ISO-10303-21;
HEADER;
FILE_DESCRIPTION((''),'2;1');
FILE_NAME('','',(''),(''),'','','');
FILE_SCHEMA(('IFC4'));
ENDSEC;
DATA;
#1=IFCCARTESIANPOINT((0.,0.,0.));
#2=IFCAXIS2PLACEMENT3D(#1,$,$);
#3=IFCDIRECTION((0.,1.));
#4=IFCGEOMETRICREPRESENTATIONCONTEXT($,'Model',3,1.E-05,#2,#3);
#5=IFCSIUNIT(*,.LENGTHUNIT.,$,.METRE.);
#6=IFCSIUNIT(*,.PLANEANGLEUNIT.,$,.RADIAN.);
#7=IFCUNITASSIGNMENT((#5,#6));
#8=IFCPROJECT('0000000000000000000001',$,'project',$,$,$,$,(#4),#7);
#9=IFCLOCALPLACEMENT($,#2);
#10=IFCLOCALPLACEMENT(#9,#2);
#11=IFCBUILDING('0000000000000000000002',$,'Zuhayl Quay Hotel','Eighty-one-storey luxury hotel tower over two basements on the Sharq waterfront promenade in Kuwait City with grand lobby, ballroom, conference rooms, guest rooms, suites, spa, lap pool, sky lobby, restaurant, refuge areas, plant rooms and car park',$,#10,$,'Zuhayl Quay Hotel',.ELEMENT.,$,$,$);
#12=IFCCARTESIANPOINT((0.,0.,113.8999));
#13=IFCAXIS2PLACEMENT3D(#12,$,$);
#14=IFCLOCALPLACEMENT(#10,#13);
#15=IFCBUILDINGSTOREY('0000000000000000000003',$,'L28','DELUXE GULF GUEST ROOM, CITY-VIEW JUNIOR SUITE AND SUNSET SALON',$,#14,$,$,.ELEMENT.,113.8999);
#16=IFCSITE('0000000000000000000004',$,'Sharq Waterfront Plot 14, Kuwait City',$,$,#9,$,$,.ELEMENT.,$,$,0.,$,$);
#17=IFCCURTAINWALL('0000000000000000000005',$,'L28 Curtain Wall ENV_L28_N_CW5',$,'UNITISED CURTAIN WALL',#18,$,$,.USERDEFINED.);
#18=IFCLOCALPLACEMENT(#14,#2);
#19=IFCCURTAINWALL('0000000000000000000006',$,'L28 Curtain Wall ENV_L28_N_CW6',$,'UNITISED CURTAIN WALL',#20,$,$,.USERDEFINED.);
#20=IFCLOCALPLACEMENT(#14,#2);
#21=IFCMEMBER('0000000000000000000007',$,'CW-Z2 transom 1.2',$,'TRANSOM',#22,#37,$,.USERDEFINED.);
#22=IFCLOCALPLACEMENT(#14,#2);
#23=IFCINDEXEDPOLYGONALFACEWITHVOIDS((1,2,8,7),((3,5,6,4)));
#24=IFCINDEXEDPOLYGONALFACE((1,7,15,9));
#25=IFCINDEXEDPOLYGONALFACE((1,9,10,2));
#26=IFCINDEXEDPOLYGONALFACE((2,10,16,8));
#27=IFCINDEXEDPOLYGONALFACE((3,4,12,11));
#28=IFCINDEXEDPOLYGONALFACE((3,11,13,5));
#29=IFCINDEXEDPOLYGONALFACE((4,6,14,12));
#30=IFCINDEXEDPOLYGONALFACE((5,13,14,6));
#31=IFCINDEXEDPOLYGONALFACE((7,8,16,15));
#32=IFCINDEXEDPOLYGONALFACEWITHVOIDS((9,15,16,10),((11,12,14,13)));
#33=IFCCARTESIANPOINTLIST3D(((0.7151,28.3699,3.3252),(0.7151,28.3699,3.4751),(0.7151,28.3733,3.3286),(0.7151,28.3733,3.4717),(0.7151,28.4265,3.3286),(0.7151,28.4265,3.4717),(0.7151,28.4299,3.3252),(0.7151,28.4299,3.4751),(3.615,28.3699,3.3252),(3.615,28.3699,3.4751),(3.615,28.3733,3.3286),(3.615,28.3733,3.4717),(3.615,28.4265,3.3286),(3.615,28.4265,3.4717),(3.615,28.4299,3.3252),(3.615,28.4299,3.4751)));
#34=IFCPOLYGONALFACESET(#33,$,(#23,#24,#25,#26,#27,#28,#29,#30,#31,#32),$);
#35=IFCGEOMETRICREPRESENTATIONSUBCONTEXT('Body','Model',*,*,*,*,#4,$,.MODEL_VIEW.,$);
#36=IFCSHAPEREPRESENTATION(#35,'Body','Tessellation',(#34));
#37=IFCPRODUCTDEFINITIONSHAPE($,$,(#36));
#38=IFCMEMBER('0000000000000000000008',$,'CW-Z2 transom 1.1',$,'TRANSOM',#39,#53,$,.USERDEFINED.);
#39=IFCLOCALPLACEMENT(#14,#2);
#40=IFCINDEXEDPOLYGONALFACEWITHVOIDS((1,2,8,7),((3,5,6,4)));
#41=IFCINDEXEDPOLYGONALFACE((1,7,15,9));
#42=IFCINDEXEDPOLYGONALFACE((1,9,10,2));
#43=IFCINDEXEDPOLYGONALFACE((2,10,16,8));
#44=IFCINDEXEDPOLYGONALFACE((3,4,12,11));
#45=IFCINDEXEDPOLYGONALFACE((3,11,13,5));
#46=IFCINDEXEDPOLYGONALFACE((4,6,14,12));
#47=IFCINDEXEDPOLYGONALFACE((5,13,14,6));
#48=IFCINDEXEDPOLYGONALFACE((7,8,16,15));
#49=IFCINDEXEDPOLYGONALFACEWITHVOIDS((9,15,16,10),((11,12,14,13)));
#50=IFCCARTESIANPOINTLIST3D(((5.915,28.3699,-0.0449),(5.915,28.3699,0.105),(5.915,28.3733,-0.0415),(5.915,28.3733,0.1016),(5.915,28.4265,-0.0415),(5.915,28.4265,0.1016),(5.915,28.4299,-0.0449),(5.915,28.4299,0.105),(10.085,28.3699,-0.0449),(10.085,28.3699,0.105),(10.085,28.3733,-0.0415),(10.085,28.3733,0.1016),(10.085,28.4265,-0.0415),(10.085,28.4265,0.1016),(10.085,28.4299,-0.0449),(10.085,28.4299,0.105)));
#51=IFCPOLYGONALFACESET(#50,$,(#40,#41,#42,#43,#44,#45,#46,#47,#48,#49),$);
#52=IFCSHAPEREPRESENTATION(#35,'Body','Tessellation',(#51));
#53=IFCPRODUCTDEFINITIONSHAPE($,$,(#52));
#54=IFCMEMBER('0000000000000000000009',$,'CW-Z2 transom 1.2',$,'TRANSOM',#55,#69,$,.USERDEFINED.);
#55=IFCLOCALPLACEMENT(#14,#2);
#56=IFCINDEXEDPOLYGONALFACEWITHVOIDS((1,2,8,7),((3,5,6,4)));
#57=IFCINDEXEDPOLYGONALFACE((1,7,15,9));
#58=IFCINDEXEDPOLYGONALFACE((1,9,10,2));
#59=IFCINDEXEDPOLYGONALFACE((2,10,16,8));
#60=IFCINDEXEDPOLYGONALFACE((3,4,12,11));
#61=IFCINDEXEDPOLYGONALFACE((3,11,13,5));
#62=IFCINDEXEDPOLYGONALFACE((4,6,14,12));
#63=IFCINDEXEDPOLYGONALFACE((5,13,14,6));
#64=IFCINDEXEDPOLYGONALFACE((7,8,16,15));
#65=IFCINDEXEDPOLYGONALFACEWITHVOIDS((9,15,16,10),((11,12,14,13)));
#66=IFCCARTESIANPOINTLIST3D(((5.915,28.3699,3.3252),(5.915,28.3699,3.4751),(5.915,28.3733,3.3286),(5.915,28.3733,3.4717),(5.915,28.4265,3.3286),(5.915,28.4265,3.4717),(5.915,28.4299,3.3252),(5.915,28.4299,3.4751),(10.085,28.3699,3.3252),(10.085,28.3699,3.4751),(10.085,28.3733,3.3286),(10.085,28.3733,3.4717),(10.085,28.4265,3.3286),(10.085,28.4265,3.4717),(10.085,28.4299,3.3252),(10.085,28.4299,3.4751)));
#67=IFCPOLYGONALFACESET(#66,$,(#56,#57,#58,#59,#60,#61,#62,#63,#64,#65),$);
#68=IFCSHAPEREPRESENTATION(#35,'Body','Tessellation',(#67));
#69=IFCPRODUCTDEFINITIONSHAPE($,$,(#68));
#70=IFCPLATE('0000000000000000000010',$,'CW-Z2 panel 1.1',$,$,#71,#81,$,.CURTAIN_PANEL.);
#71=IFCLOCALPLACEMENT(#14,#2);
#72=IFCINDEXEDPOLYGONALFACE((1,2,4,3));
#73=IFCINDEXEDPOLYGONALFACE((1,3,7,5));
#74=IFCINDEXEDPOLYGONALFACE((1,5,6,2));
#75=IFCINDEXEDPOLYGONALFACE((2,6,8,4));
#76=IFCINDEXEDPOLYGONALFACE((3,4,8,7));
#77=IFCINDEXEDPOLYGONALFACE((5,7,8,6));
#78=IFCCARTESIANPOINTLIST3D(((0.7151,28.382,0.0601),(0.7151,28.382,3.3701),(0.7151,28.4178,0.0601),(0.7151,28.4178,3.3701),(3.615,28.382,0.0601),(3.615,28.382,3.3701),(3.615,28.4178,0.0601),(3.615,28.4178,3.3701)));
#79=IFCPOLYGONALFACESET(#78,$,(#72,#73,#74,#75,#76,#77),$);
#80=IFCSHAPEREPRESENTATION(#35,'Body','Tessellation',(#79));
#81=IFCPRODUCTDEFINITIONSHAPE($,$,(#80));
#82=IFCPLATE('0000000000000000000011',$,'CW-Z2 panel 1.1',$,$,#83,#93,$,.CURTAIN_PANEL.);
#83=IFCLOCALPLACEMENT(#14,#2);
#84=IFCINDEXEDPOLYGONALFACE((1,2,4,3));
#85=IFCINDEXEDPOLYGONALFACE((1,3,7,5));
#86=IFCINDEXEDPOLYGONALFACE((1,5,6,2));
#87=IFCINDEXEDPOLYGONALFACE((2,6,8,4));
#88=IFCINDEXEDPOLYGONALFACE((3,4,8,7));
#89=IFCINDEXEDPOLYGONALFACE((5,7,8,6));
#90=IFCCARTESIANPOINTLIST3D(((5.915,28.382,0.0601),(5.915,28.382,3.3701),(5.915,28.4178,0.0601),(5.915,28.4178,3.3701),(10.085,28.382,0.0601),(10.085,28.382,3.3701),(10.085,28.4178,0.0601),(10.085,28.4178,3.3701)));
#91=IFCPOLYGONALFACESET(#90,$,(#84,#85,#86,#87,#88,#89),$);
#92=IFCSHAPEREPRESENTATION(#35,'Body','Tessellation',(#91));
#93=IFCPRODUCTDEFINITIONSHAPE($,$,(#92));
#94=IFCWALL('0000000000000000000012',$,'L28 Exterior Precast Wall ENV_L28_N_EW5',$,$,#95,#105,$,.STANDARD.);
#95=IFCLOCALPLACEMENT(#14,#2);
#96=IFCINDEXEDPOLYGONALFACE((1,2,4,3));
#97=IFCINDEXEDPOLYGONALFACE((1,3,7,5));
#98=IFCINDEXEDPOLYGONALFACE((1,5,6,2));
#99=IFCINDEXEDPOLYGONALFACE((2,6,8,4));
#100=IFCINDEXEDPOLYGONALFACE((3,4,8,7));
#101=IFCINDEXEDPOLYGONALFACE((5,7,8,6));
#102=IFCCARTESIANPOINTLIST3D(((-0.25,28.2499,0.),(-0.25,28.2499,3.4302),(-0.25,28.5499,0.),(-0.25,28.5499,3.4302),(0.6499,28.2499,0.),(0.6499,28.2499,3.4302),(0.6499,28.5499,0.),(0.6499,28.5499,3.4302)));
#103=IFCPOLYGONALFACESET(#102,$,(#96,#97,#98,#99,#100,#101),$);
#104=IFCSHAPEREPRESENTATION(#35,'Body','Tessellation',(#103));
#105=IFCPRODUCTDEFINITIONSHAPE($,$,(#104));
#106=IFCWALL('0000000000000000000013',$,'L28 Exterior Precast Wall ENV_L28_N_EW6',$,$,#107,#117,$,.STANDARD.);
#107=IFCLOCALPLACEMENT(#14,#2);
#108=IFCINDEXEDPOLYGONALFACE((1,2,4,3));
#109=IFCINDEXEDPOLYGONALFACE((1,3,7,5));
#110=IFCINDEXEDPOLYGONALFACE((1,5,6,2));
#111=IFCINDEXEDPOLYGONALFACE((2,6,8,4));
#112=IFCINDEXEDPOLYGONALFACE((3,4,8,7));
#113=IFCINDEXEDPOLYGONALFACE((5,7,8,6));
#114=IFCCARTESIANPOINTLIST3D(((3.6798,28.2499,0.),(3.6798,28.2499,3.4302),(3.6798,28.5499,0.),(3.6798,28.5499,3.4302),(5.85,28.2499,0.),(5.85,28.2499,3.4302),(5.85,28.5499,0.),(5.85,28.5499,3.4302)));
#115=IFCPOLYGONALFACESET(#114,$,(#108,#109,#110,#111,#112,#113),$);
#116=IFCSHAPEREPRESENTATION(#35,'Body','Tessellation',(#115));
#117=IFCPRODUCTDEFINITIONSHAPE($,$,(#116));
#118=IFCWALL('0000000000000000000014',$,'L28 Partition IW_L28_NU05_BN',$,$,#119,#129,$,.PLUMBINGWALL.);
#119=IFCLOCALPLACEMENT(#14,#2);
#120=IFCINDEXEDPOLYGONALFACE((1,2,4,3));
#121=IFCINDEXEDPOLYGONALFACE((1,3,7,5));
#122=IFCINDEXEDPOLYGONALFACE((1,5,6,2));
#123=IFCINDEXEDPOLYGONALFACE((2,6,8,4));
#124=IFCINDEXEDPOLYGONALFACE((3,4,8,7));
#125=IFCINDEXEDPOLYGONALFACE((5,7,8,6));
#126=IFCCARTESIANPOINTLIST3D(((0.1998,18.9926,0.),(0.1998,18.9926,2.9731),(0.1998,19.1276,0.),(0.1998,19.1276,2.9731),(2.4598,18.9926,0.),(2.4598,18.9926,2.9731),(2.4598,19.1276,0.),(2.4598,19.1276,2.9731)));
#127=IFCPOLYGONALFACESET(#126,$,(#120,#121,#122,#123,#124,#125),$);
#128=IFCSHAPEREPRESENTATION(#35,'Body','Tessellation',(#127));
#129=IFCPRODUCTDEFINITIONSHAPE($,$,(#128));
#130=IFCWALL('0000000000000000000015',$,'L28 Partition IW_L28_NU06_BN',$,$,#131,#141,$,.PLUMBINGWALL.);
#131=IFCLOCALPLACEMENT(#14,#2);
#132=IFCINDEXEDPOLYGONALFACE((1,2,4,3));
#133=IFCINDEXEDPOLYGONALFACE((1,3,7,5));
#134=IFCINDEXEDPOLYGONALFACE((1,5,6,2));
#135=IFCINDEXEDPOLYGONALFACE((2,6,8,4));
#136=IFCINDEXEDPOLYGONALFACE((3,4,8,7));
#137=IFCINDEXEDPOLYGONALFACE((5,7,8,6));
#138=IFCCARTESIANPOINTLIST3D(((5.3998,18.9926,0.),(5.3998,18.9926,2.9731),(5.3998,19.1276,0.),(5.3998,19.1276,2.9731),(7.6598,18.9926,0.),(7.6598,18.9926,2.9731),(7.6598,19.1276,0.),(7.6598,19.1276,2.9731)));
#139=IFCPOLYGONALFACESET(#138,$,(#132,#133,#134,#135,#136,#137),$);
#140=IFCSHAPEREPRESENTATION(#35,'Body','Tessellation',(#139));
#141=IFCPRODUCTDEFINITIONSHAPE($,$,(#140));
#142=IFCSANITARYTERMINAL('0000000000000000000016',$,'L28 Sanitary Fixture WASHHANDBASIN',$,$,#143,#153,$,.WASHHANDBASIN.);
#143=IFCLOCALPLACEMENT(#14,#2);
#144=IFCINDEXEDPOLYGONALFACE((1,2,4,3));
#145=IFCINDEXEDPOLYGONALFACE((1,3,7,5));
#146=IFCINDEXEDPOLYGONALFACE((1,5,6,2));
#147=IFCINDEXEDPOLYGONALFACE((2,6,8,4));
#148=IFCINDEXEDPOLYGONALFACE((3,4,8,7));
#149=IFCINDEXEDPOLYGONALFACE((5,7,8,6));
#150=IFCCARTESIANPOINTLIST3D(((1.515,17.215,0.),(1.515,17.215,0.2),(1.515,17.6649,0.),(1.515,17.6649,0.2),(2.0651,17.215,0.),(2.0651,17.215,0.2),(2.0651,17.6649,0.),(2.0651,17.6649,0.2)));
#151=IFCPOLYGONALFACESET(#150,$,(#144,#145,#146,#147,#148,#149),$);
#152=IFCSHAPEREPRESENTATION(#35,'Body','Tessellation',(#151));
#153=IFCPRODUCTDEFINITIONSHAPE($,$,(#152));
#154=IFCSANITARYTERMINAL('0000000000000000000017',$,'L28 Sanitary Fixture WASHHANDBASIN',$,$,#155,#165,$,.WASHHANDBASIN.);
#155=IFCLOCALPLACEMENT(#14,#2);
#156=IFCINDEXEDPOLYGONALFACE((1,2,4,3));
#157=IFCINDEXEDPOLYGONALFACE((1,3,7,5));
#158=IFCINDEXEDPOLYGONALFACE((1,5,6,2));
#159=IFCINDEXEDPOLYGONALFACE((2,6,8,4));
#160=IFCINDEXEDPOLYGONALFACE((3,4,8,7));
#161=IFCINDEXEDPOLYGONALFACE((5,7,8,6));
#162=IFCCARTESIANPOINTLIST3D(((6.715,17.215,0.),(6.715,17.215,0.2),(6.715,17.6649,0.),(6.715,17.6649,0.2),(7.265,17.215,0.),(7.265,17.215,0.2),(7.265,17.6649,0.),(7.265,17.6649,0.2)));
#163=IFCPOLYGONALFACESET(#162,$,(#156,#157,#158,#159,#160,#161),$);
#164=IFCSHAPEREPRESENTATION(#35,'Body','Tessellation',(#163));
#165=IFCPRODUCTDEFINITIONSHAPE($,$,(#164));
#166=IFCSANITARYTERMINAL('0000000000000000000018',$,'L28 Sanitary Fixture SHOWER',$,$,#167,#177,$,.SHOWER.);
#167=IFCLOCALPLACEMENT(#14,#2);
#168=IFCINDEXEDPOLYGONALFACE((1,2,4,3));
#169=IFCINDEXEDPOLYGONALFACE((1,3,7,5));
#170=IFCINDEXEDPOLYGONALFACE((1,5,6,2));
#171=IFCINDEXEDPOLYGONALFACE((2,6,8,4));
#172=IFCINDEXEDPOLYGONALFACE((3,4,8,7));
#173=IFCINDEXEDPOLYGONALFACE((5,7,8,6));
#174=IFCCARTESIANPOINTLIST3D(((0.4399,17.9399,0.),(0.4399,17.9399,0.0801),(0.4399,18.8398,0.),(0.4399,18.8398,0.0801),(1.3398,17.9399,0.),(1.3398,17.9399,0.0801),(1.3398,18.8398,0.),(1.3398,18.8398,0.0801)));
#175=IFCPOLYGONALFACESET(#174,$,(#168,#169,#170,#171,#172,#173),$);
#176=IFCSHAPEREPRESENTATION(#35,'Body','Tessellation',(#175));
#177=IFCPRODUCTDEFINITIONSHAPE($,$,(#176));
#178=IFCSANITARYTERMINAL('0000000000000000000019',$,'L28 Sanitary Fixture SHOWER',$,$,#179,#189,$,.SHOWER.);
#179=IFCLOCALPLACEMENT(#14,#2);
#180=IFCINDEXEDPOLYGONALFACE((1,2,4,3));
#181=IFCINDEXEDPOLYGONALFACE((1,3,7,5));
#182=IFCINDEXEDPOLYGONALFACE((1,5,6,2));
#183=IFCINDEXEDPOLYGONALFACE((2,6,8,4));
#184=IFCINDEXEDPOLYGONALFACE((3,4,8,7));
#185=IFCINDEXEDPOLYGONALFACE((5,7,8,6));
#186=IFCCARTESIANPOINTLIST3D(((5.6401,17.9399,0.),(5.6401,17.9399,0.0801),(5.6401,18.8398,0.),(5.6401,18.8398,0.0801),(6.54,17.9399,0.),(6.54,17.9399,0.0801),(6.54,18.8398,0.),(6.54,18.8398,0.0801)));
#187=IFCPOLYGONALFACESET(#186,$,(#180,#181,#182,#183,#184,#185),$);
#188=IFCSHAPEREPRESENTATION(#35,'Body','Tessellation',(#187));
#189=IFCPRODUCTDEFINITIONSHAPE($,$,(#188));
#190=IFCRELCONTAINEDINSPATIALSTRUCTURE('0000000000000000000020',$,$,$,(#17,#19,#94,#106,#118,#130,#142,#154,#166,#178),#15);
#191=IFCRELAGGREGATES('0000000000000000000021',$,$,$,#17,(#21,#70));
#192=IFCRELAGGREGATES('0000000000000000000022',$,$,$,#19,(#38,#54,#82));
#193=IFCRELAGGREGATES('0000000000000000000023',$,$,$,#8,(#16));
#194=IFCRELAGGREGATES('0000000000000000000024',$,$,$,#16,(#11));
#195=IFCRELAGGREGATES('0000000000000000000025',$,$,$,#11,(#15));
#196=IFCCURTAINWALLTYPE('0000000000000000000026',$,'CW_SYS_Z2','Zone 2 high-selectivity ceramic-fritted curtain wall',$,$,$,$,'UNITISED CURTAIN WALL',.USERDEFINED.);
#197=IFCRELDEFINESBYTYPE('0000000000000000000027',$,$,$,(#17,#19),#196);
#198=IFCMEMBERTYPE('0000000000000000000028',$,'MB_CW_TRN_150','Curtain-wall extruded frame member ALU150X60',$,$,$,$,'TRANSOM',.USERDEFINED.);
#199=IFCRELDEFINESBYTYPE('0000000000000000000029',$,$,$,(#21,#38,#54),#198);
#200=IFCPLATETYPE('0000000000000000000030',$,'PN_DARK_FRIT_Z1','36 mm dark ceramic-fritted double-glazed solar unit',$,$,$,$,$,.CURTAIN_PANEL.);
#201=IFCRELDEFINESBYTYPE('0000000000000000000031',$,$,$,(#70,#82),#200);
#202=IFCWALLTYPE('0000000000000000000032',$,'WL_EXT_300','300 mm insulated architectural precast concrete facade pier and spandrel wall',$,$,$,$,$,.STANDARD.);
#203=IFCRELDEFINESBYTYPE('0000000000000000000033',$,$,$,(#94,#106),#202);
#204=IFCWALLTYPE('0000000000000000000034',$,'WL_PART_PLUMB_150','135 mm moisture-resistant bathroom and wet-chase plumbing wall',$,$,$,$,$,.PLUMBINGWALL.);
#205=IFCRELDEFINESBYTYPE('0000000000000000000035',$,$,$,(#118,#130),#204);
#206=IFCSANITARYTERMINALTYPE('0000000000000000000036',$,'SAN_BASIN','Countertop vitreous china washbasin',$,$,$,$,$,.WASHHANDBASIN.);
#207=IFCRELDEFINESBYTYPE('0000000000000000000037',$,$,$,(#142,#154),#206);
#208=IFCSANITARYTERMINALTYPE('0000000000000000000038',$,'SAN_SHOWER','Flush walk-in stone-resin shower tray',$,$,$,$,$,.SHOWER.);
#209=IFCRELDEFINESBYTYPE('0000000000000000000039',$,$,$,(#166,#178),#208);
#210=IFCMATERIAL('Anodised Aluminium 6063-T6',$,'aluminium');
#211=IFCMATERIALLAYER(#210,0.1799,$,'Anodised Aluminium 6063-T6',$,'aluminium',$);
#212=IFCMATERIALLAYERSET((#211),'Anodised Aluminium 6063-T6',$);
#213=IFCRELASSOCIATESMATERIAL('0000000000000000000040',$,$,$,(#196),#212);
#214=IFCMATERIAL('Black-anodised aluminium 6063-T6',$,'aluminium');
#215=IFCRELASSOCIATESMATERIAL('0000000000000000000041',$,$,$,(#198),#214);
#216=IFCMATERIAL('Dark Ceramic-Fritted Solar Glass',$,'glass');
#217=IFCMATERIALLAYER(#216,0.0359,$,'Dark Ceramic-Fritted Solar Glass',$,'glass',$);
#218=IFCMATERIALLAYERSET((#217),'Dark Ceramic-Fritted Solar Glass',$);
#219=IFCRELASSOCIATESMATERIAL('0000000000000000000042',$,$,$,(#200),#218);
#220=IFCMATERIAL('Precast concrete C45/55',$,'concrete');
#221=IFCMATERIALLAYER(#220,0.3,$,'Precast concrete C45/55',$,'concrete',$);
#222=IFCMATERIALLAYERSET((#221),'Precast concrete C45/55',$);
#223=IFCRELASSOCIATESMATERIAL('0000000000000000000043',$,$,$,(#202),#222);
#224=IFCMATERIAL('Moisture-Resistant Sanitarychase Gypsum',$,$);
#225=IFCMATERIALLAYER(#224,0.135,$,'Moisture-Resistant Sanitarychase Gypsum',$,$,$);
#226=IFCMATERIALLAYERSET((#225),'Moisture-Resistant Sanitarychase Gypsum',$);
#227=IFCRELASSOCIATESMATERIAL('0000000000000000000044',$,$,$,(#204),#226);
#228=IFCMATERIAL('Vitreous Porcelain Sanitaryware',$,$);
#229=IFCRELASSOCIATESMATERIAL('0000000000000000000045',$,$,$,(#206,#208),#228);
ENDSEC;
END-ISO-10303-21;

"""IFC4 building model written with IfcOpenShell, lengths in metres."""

from ifc_helpers import new_model, si_unit, direction, frame, frame_2d, origin, origin_2d, place, context, subcontext, project, spatial, rectangle, hollow_rectangle, extrude, material, layer, layer_set, material_profile, profile_set, type_object, element, aggregate, save


model = new_model("IFC4")

# Units and contexts
model_context = context("Model", 3, precision=1e-05, world=origin(), true_north=direction((0.0, 1.0)))
body_context = subcontext(model_context, "Body", "Model", "MODEL_VIEW")
ifc_project = project(units=[si_unit("LENGTHUNIT", "METRE"), si_unit("PLANEANGLEUNIT", "RADIAN")], contexts=[model_context])

# Site, building, storey
site_placement = place(None, origin())
site = spatial("IfcSite", under=ifc_project, at=site_placement, Name="Sharq Waterfront Plot 14, Kuwait City", CompositionType="ELEMENT", RefElevation=0.0)
building_placement = place(site_placement, origin())
building = spatial("IfcBuilding", under=site, at=building_placement, Name="Zuhayl Quay Hotel", Description="Eighty-one-storey luxury hotel tower over two basements on the Sharq waterfront promenade in Kuwait City with grand lobby, ballroom, conference rooms, guest rooms, suites, spa, lap pool, sky lobby, restaurant, refuge areas, plant rooms and car park", LongName="Zuhayl Quay Hotel", CompositionType="ELEMENT")
storey_placement = place(building_placement, frame((0.0, 0.0, 113.8999)))
storey = spatial("IfcBuildingStorey", under=building, at=storey_placement, Name="L28", Description="DELUXE GULF GUEST ROOM, CITY-VIEW JUNIOR SUITE AND SUNSET SALON", CompositionType="ELEMENT", Elevation=113.8999)

# Shared definitions
ifc_material_1 = material(Name="Anodised Aluminium 6063-T6", Category="aluminium")
ifc_layer_1 = layer(ifc_material_1, 0.1799, Name="Anodised Aluminium 6063-T6", Category="aluminium")
ifc_layer_set_1 = layer_set([ifc_layer_1], Name="Anodised Aluminium 6063-T6")
curtain_wall_type = type_object("IfcCurtainWallType", Name="CW_SYS_Z2", Description="Zone 2 high-selectivity ceramic-fritted curtain wall", ElementType="UNITISED CURTAIN WALL", PredefinedType="USERDEFINED", material=ifc_layer_set_1)
ifc_material_2 = material(Name="Black-anodised aluminium 6063-T6", Category="aluminium")

# Curtain wall
curtain_wall_1_placement = place(storey_placement, origin())
curtain_wall_1 = element("IfcCurtainWall", 1, at=curtain_wall_1_placement, inside=storey, type_object=curtain_wall_type, Name="L28 Curtain Wall ENV_L28_N_CW5", ObjectType="UNITISED CURTAIN WALL", PredefinedType="USERDEFINED")

# Curtain wall
curtain_wall_2_placement = place(storey_placement, origin())
curtain_wall_2 = element("IfcCurtainWall", 2, at=curtain_wall_2_placement, inside=storey, type_object=curtain_wall_type, Name="L28 Curtain Wall ENV_L28_N_CW6", ObjectType="UNITISED CURTAIN WALL", PredefinedType="USERDEFINED")

# Members
ifc_material_profile_1 = material_profile(ifc_material_2, hollow_rectangle(XDim=0.0601, YDim=0.1499, WallThickness=0.0034, at=origin_2d()), Name="ALU150X60")
ifc_profile_set_1 = profile_set([ifc_material_profile_1], Name="Black-anodised aluminium 6063-T6")
member_type_1 = type_object("IfcMemberType", Name="MB_CW_TRN_150", Description="Curtain-wall extruded frame member ALU150X60", ElementType="TRANSOM", PredefinedType="USERDEFINED", material=ifc_profile_set_1)
member_1_placement = place(storey_placement, frame((0.7151, 28.3999, 3.4001), z_axis=(1.0, 0.0, 0.0), x_axis=(0.0, 1.0, 0.0)))
member_1 = element("IfcMember", 3, at=member_1_placement, type_object=member_type_1, Name="CW-Z2 transom 1.2", ObjectType="TRANSOM", PredefinedType="USERDEFINED", context=body_context, shape_type="SweptSolid", body=[
    extrude(hollow_rectangle(XDim=0.0601, YDim=0.1499, WallThickness=0.0034, at=origin_2d()), origin(), (0.0, 0.0, 1.0), 2.8999),
])
member_2_placement = place(storey_placement, frame((5.915, 28.3999, 0.03), z_axis=(1.0, 0.0, 0.0), x_axis=(0.0, 1.0, 0.0)))
member_2 = element("IfcMember", 4, at=member_2_placement, type_object=member_type_1, Name="CW-Z2 transom 1.1", ObjectType="TRANSOM", PredefinedType="USERDEFINED", context=body_context, shape_type="SweptSolid", body=[
    extrude(hollow_rectangle(XDim=0.0601, YDim=0.1499, WallThickness=0.0034, at=origin_2d()), origin(), (0.0, 0.0, 1.0), 4.1699),
])
member_3_placement = place(storey_placement, frame((5.915, 28.3999, 3.4001), z_axis=(1.0, 0.0, 0.0), x_axis=(0.0, 1.0, 0.0)))
member_3 = element("IfcMember", 5, at=member_3_placement, type_object=member_type_1, Name="CW-Z2 transom 1.2", ObjectType="TRANSOM", PredefinedType="USERDEFINED", context=body_context, shape_type="SweptSolid", body=[
    extrude(hollow_rectangle(XDim=0.0601, YDim=0.1499, WallThickness=0.0034, at=origin_2d()), origin(), (0.0, 0.0, 1.0), 4.1699),
])

# Plates
ifc_material_3 = material(Name="Dark Ceramic-Fritted Solar Glass", Category="glass")
ifc_layer_2 = layer(ifc_material_3, 0.0359, Name="Dark Ceramic-Fritted Solar Glass", Category="glass")
ifc_layer_set_2 = layer_set([ifc_layer_2], Name="Dark Ceramic-Fritted Solar Glass")
plate_type = type_object("IfcPlateType", Name="PN_DARK_FRIT_Z1", Description="36 mm dark ceramic-fritted double-glazed solar unit", PredefinedType="CURTAIN_PANEL", material=ifc_layer_set_2)
plate_1_placement = place(storey_placement, frame((2.165, 28.3999, 0.0601), z_axis=(0.0, 0.0, 1.0), x_axis=(1.0, 0.0, 0.0)))
plate_1 = element("IfcPlate", 6, at=plate_1_placement, type_object=plate_type, Name="CW-Z2 panel 1.1", PredefinedType="CURTAIN_PANEL", context=body_context, shape_type="SweptSolid", body=[
    extrude(rectangle(XDim=2.8999, YDim=0.0359, at=origin_2d()), origin(), (0.0, 0.0, 1.0), 3.3101),
])
aggregate(curtain_wall_1, [member_1, plate_1])
plate_2_placement = place(storey_placement, frame((8.0, 28.3999, 0.0601), z_axis=(0.0, 0.0, 1.0), x_axis=(1.0, 0.0, 0.0)))
plate_2 = element("IfcPlate", 7, at=plate_2_placement, type_object=plate_type, Name="CW-Z2 panel 1.1", PredefinedType="CURTAIN_PANEL", context=body_context, shape_type="SweptSolid", body=[
    extrude(rectangle(XDim=4.1699, YDim=0.0359, at=origin_2d()), origin(), (0.0, 0.0, 1.0), 3.3101),
])
aggregate(curtain_wall_2, [member_2, member_3, plate_2])

# Walls
ifc_material_4 = material(Name="Precast concrete C45/55", Category="concrete")
ifc_layer_3 = layer(ifc_material_4, 0.3, Name="Precast concrete C45/55", Category="concrete")
ifc_layer_set_3 = layer_set([ifc_layer_3], Name="Precast concrete C45/55")
wall_type_1 = type_object("IfcWallType", Name="WL_EXT_300", Description="300 mm insulated architectural precast concrete facade pier and spandrel wall", PredefinedType="STANDARD", material=ifc_layer_set_3)
wall_1_placement = place(storey_placement, frame((-0.25, 28.3999, 0.0), z_axis=(0.0, 0.0, 1.0), x_axis=(1.0, 0.0, 0.0)))
element("IfcWall", 8, at=wall_1_placement, inside=storey, type_object=wall_type_1, Name="L28 Exterior Precast Wall ENV_L28_N_EW5", PredefinedType="STANDARD", context=body_context, shape_type="SweptSolid", body=[
    extrude(rectangle(XDim=0.8999, YDim=0.3, at=frame_2d((0.45, 0.0))), origin(), (0.0, 0.0, 1.0), 3.4302),
])
wall_2_placement = place(storey_placement, frame((3.6799, 28.3999, 0.0), z_axis=(0.0, 0.0, 1.0), x_axis=(1.0, 0.0, 0.0)))
element("IfcWall", 9, at=wall_2_placement, inside=storey, type_object=wall_type_1, Name="L28 Exterior Precast Wall ENV_L28_N_EW6", PredefinedType="STANDARD", context=body_context, shape_type="SweptSolid", body=[
    extrude(rectangle(XDim=2.1702, YDim=0.3, at=frame_2d((1.085, 0.0))), origin(), (0.0, 0.0, 1.0), 3.4302),
])
ifc_material_5 = material(Name="Moisture-Resistant Sanitarychase Gypsum")
ifc_layer_4 = layer(ifc_material_5, 0.135, Name="Moisture-Resistant Sanitarychase Gypsum")
ifc_layer_set_4 = layer_set([ifc_layer_4], Name="Moisture-Resistant Sanitarychase Gypsum")
wall_type_2 = type_object("IfcWallType", Name="WL_PART_PLUMB_150", Description="135 mm moisture-resistant bathroom and wet-chase plumbing wall", PredefinedType="PLUMBINGWALL", material=ifc_layer_set_4)
for number, where, z_axis, x_axis, name in (
    (10, (0.2, 19.0601, 0.0), (0.0, 0.0, 1.0), (1.0, 0.0, 0.0), "L28 Partition IW_L28_NU05_BN"),
    (11, (5.3999, 19.0601, 0.0), (0.0, 0.0, 1.0), (1.0, 0.0, 0.0), "L28 Partition IW_L28_NU06_BN"),
):
    element("IfcWall", number, at=place(storey_placement, frame(where, z_axis=z_axis, x_axis=x_axis)), inside=storey, type_object=wall_type_2, Name=name, PredefinedType="PLUMBINGWALL", context=body_context, shape_type="SweptSolid", body=[
        extrude(rectangle(XDim=2.26, YDim=0.135, at=frame_2d((1.1299, 0.0))), origin(), (0.0, 0.0, 1.0), 2.9731),
    ])

# Sanitary terminals
ifc_material_6 = material(Name="Vitreous Porcelain Sanitaryware")
sanitary_terminal_type_1 = type_object("IfcSanitaryTerminalType", Name="SAN_BASIN", Description="Countertop vitreous china washbasin", PredefinedType="WASHHANDBASIN", material=ifc_material_6)
for number, where, z_axis, x_axis, name in (
    (12, (1.79, 17.4399, 0.0), (0.0, 0.0, 1.0), (1.0, 0.0, 0.0), "L28 Sanitary Fixture WASHHANDBASIN"),
    (13, (6.99, 17.4399, 0.0), (0.0, 0.0, 1.0), (1.0, 0.0, 0.0), "L28 Sanitary Fixture WASHHANDBASIN"),
):
    element("IfcSanitaryTerminal", number, at=place(storey_placement, frame(where, z_axis=z_axis, x_axis=x_axis)), inside=storey, type_object=sanitary_terminal_type_1, Name=name, PredefinedType="WASHHANDBASIN", context=body_context, shape_type="SweptSolid", body=[
        extrude(rectangle(XDim=0.55, YDim=0.45, at=origin_2d()), origin(), (0.0, 0.0, 1.0), 0.2),
    ])
sanitary_terminal_type_2 = type_object("IfcSanitaryTerminalType", Name="SAN_SHOWER", Description="Flush walk-in stone-resin shower tray", PredefinedType="SHOWER", material=ifc_material_6)
for number, where, z_axis, x_axis, name in (
    (14, (0.8899, 18.3899, 0.0), (0.0, 0.0, 1.0), (1.0, 0.0, 0.0), "L28 Sanitary Fixture SHOWER"),
    (15, (6.0901, 18.3899, 0.0), (0.0, 0.0, 1.0), (1.0, 0.0, 0.0), "L28 Sanitary Fixture SHOWER"),
):
    element("IfcSanitaryTerminal", number, at=place(storey_placement, frame(where, z_axis=z_axis, x_axis=x_axis)), inside=storey, type_object=sanitary_terminal_type_2, Name=name, PredefinedType="SHOWER", context=body_context, shape_type="SweptSolid", body=[
        extrude(rectangle(XDim=0.8999, YDim=0.8999, at=origin_2d()), origin(), (0.0, 0.0, 1.0), 0.0801),
    ])

save(model, "model.ifc")
